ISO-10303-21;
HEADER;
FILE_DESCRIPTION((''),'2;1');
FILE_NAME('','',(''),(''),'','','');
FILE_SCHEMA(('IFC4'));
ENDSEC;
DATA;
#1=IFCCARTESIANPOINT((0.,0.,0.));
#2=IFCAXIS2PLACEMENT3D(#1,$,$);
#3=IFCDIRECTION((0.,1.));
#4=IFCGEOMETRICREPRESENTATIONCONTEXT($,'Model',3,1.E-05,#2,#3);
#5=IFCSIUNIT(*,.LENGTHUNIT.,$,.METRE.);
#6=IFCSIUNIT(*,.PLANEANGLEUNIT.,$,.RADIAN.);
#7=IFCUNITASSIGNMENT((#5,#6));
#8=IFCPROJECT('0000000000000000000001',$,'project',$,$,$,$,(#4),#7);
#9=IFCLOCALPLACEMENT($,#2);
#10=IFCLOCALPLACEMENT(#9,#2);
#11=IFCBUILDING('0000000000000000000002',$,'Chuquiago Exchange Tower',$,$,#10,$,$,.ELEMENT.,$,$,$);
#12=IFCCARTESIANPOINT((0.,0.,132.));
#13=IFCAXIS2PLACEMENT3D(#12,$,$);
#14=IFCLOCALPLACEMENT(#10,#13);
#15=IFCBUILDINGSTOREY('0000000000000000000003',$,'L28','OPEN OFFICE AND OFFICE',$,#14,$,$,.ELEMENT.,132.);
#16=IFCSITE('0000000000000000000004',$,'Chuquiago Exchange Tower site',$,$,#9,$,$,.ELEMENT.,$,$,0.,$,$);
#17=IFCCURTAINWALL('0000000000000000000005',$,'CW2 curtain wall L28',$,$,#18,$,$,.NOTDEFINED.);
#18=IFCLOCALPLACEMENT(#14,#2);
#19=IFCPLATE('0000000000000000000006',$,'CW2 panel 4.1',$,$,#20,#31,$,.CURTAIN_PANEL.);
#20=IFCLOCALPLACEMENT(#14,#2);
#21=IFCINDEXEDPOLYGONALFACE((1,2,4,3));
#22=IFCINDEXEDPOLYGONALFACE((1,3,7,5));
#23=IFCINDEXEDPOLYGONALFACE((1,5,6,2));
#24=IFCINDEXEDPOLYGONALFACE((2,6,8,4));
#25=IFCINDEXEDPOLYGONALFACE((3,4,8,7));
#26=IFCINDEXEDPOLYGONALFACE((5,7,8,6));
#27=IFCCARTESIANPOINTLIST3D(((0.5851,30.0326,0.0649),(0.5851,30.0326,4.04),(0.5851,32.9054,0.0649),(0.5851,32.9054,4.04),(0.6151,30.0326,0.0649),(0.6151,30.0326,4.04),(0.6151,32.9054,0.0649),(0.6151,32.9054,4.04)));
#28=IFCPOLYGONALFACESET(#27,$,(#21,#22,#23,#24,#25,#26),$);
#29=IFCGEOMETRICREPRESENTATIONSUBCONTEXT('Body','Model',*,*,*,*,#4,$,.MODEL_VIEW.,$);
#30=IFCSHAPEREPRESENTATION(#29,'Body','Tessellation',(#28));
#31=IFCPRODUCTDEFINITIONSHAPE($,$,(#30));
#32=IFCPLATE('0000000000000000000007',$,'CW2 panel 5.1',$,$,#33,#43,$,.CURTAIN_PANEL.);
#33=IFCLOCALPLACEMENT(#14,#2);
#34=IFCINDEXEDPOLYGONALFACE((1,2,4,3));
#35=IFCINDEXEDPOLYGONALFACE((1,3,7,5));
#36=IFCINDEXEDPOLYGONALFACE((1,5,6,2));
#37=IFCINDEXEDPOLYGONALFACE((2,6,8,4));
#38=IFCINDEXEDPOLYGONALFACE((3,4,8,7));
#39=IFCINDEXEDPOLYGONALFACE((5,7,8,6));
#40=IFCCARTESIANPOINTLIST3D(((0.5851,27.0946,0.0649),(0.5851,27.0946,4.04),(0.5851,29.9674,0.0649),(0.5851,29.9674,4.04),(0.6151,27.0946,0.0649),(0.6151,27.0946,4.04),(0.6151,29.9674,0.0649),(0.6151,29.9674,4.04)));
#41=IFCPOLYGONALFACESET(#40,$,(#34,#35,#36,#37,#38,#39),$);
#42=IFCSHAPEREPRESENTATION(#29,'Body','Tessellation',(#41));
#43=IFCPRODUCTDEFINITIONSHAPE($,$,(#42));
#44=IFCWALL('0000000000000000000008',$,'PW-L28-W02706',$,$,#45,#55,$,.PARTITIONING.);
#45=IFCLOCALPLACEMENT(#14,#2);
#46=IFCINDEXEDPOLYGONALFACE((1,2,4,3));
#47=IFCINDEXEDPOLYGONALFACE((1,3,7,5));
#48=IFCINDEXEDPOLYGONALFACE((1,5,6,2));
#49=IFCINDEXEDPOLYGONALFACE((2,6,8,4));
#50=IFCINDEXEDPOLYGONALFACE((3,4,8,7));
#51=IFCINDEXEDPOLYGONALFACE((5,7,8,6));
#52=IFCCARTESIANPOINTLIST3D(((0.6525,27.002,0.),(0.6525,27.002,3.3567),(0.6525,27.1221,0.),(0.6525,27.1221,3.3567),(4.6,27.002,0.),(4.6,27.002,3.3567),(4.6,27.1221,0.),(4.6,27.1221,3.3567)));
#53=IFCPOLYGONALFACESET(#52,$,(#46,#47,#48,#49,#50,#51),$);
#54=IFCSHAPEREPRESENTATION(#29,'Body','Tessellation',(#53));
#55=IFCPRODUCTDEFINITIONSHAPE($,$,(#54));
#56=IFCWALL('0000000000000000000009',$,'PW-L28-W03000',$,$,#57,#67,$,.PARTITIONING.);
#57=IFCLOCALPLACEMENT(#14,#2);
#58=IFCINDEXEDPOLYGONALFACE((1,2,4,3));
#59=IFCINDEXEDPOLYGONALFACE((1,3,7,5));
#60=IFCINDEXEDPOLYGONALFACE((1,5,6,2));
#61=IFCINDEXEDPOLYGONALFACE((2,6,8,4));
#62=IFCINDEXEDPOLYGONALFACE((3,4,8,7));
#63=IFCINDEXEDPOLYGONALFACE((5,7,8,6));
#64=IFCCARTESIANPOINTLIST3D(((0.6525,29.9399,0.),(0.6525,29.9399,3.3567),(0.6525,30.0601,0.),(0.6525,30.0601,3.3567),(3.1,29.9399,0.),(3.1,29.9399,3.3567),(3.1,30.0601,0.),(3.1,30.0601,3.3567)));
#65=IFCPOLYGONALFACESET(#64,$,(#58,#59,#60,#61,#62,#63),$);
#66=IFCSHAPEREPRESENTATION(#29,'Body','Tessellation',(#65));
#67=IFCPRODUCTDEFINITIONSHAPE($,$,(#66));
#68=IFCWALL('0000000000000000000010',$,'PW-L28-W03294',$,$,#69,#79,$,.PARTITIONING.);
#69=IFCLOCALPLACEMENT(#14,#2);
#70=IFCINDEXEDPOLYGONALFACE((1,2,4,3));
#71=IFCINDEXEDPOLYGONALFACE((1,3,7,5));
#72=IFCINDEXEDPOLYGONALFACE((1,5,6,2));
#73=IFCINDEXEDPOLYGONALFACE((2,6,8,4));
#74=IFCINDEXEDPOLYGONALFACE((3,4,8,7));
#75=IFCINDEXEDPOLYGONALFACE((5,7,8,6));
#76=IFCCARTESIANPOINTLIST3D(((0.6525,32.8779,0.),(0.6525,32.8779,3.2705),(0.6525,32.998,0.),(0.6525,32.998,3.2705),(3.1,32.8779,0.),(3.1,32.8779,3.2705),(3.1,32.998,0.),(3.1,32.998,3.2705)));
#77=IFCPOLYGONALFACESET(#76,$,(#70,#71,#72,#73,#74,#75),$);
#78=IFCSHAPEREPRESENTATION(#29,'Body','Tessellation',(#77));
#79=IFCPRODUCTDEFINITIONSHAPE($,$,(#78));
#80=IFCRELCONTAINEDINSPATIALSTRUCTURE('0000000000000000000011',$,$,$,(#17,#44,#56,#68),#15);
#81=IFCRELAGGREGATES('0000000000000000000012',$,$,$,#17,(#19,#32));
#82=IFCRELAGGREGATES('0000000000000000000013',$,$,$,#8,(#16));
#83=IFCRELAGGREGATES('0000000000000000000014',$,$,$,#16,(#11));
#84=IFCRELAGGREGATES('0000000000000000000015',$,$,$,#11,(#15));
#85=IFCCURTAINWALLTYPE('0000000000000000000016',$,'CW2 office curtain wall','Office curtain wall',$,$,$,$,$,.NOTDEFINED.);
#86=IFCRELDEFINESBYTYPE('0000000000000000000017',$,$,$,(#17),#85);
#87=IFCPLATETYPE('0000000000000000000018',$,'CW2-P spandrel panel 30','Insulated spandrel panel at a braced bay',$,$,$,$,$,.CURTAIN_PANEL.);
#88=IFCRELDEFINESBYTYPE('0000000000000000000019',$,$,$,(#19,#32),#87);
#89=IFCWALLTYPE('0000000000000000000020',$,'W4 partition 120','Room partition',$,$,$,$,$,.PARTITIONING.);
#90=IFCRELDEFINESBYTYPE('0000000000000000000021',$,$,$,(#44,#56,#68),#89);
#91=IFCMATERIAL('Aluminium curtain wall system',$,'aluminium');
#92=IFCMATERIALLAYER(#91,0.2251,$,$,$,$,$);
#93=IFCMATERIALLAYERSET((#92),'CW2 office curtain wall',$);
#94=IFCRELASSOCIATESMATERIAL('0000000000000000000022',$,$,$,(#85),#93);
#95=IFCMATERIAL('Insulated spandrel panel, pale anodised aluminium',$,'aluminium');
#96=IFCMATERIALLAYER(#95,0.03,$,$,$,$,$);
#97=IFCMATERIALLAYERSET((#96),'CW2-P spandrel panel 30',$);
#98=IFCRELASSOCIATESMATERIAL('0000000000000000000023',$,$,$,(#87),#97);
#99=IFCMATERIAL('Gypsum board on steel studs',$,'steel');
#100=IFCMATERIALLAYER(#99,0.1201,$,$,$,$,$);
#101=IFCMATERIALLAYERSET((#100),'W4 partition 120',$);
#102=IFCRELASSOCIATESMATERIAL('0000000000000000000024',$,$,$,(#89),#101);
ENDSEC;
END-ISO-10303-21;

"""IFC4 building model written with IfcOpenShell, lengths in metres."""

from ifc_helpers import new_model, si_unit, direction, frame, frame_2d, origin, origin_2d, place, context, subcontext, project, spatial, rectangle, extrude, material, layer, layer_set, type_object, element, aggregate, save


model = new_model("IFC4")

# Units and contexts
model_context = context("Model", 3, precision=1e-05, world=origin(), true_north=direction((0.0, 1.0)))
body_context = subcontext(model_context, "Body", "Model", "MODEL_VIEW")
ifc_project = project(units=[si_unit("LENGTHUNIT", "METRE"), si_unit("PLANEANGLEUNIT", "RADIAN")], contexts=[model_context])

# Site, building, storey
site_placement = place(None, origin())
site = spatial("IfcSite", under=ifc_project, at=site_placement, Name="Chuquiago Exchange Tower site", CompositionType="ELEMENT", RefElevation=0.0)
building_placement = place(site_placement, origin())
building = spatial("IfcBuilding", under=site, at=building_placement, Name="Chuquiago Exchange Tower", CompositionType="ELEMENT")
storey_placement = place(building_placement, frame((0.0, 0.0, 132.0)))
storey = spatial("IfcBuildingStorey", under=building, at=storey_placement, Name="L28", Description="OPEN OFFICE AND OFFICE", CompositionType="ELEMENT", Elevation=132.0)

# Curtain wall
ifc_material_1 = material(Name="Aluminium curtain wall system", Category="aluminium")
ifc_layer_1 = layer(ifc_material_1, 0.2251)
ifc_layer_set_1 = layer_set([ifc_layer_1], Name="CW2 office curtain wall")
curtain_wall_type = type_object("IfcCurtainWallType", Name="CW2 office curtain wall", Description="Office curtain wall", PredefinedType="NOTDEFINED", material=ifc_layer_set_1)
curtain_wall_placement = place(storey_placement, origin())
curtain_wall = element("IfcCurtainWall", 1, at=curtain_wall_placement, inside=storey, type_object=curtain_wall_type, Name="CW2 curtain wall L28", PredefinedType="NOTDEFINED")

# Plates
ifc_material_2 = material(Name="Insulated spandrel panel, pale anodised aluminium", Category="aluminium")
ifc_layer_2 = layer(ifc_material_2, 0.03)
ifc_layer_set_2 = layer_set([ifc_layer_2], Name="CW2-P spandrel panel 30")
plate_type = type_object("IfcPlateType", Name="CW2-P spandrel panel 30", Description="Insulated spandrel panel at a braced bay", PredefinedType="CURTAIN_PANEL", material=ifc_layer_set_2)
plate_1_placement = place(storey_placement, frame((0.6001, 31.469, 0.0649), z_axis=(0.0, 0.0, 1.0), x_axis=(0.0, -1.0, 0.0)))
plate_1 = element("IfcPlate", 2, at=plate_1_placement, type_object=plate_type, Name="CW2 panel 4.1", PredefinedType="CURTAIN_PANEL", context=body_context, shape_type="SweptSolid", body=[
    extrude(rectangle(XDim=2.8728, YDim=0.03, at=origin_2d()), origin(), (0.0, 0.0, 1.0), 3.9751),
])
plate_2_placement = place(storey_placement, frame((0.6001, 28.531, 0.0649), z_axis=(0.0, 0.0, 1.0), x_axis=(0.0, -1.0, 0.0)))
plate_2 = element("IfcPlate", 3, at=plate_2_placement, type_object=plate_type, Name="CW2 panel 5.1", PredefinedType="CURTAIN_PANEL", context=body_context, shape_type="SweptSolid", body=[
    extrude(rectangle(XDim=2.8728, YDim=0.03, at=origin_2d()), origin(), (0.0, 0.0, 1.0), 3.9751),
])
aggregate(curtain_wall, [plate_1, plate_2])

# Walls
ifc_material_3 = material(Name="Gypsum board on steel studs", Category="steel")
ifc_layer_3 = layer(ifc_material_3, 0.1201)
ifc_layer_set_3 = layer_set([ifc_layer_3], Name="W4 partition 120")
wall_type = type_object("IfcWallType", Name="W4 partition 120", Description="Room partition", PredefinedType="PARTITIONING", material=ifc_layer_set_3)
wall_1_placement = place(storey_placement, frame((0.6526, 27.062, 0.0), z_axis=(0.0, 0.0, 1.0), x_axis=(1.0, 0.0, 0.0)))
element("IfcWall", 4, at=wall_1_placement, inside=storey, type_object=wall_type, Name="PW-L28-W02706", PredefinedType="PARTITIONING", context=body_context, shape_type="SweptSolid", body=[
    extrude(rectangle(XDim=3.9475, YDim=0.1201, at=frame_2d((1.9736, 0.0))), origin(), (0.0, 0.0, 1.0), 3.3567),
])
wall_2_placement = place(storey_placement, frame((0.6526, 30.0, 0.0), z_axis=(0.0, 0.0, 1.0), x_axis=(1.0, 0.0, 0.0)))
element("IfcWall", 5, at=wall_2_placement, inside=storey, type_object=wall_type, Name="PW-L28-W03000", PredefinedType="PARTITIONING", context=body_context, shape_type="SweptSolid", body=[
    extrude(rectangle(XDim=2.4475, YDim=0.1201, at=frame_2d((1.2236, 0.0))), origin(), (0.0, 0.0, 1.0), 3.3567),
])
wall_3_placement = place(storey_placement, frame((0.6526, 32.938, 0.0), z_axis=(0.0, 0.0, 1.0), x_axis=(1.0, 0.0, 0.0)))
element("IfcWall", 6, at=wall_3_placement, inside=storey, type_object=wall_type, Name="PW-L28-W03294", PredefinedType="PARTITIONING", context=body_context, shape_type="SweptSolid", body=[
    extrude(rectangle(XDim=2.4475, YDim=0.1201, at=frame_2d((1.2236, 0.0))), origin(), (0.0, 0.0, 1.0), 3.2705),
])

save(model, "model.ifc")
